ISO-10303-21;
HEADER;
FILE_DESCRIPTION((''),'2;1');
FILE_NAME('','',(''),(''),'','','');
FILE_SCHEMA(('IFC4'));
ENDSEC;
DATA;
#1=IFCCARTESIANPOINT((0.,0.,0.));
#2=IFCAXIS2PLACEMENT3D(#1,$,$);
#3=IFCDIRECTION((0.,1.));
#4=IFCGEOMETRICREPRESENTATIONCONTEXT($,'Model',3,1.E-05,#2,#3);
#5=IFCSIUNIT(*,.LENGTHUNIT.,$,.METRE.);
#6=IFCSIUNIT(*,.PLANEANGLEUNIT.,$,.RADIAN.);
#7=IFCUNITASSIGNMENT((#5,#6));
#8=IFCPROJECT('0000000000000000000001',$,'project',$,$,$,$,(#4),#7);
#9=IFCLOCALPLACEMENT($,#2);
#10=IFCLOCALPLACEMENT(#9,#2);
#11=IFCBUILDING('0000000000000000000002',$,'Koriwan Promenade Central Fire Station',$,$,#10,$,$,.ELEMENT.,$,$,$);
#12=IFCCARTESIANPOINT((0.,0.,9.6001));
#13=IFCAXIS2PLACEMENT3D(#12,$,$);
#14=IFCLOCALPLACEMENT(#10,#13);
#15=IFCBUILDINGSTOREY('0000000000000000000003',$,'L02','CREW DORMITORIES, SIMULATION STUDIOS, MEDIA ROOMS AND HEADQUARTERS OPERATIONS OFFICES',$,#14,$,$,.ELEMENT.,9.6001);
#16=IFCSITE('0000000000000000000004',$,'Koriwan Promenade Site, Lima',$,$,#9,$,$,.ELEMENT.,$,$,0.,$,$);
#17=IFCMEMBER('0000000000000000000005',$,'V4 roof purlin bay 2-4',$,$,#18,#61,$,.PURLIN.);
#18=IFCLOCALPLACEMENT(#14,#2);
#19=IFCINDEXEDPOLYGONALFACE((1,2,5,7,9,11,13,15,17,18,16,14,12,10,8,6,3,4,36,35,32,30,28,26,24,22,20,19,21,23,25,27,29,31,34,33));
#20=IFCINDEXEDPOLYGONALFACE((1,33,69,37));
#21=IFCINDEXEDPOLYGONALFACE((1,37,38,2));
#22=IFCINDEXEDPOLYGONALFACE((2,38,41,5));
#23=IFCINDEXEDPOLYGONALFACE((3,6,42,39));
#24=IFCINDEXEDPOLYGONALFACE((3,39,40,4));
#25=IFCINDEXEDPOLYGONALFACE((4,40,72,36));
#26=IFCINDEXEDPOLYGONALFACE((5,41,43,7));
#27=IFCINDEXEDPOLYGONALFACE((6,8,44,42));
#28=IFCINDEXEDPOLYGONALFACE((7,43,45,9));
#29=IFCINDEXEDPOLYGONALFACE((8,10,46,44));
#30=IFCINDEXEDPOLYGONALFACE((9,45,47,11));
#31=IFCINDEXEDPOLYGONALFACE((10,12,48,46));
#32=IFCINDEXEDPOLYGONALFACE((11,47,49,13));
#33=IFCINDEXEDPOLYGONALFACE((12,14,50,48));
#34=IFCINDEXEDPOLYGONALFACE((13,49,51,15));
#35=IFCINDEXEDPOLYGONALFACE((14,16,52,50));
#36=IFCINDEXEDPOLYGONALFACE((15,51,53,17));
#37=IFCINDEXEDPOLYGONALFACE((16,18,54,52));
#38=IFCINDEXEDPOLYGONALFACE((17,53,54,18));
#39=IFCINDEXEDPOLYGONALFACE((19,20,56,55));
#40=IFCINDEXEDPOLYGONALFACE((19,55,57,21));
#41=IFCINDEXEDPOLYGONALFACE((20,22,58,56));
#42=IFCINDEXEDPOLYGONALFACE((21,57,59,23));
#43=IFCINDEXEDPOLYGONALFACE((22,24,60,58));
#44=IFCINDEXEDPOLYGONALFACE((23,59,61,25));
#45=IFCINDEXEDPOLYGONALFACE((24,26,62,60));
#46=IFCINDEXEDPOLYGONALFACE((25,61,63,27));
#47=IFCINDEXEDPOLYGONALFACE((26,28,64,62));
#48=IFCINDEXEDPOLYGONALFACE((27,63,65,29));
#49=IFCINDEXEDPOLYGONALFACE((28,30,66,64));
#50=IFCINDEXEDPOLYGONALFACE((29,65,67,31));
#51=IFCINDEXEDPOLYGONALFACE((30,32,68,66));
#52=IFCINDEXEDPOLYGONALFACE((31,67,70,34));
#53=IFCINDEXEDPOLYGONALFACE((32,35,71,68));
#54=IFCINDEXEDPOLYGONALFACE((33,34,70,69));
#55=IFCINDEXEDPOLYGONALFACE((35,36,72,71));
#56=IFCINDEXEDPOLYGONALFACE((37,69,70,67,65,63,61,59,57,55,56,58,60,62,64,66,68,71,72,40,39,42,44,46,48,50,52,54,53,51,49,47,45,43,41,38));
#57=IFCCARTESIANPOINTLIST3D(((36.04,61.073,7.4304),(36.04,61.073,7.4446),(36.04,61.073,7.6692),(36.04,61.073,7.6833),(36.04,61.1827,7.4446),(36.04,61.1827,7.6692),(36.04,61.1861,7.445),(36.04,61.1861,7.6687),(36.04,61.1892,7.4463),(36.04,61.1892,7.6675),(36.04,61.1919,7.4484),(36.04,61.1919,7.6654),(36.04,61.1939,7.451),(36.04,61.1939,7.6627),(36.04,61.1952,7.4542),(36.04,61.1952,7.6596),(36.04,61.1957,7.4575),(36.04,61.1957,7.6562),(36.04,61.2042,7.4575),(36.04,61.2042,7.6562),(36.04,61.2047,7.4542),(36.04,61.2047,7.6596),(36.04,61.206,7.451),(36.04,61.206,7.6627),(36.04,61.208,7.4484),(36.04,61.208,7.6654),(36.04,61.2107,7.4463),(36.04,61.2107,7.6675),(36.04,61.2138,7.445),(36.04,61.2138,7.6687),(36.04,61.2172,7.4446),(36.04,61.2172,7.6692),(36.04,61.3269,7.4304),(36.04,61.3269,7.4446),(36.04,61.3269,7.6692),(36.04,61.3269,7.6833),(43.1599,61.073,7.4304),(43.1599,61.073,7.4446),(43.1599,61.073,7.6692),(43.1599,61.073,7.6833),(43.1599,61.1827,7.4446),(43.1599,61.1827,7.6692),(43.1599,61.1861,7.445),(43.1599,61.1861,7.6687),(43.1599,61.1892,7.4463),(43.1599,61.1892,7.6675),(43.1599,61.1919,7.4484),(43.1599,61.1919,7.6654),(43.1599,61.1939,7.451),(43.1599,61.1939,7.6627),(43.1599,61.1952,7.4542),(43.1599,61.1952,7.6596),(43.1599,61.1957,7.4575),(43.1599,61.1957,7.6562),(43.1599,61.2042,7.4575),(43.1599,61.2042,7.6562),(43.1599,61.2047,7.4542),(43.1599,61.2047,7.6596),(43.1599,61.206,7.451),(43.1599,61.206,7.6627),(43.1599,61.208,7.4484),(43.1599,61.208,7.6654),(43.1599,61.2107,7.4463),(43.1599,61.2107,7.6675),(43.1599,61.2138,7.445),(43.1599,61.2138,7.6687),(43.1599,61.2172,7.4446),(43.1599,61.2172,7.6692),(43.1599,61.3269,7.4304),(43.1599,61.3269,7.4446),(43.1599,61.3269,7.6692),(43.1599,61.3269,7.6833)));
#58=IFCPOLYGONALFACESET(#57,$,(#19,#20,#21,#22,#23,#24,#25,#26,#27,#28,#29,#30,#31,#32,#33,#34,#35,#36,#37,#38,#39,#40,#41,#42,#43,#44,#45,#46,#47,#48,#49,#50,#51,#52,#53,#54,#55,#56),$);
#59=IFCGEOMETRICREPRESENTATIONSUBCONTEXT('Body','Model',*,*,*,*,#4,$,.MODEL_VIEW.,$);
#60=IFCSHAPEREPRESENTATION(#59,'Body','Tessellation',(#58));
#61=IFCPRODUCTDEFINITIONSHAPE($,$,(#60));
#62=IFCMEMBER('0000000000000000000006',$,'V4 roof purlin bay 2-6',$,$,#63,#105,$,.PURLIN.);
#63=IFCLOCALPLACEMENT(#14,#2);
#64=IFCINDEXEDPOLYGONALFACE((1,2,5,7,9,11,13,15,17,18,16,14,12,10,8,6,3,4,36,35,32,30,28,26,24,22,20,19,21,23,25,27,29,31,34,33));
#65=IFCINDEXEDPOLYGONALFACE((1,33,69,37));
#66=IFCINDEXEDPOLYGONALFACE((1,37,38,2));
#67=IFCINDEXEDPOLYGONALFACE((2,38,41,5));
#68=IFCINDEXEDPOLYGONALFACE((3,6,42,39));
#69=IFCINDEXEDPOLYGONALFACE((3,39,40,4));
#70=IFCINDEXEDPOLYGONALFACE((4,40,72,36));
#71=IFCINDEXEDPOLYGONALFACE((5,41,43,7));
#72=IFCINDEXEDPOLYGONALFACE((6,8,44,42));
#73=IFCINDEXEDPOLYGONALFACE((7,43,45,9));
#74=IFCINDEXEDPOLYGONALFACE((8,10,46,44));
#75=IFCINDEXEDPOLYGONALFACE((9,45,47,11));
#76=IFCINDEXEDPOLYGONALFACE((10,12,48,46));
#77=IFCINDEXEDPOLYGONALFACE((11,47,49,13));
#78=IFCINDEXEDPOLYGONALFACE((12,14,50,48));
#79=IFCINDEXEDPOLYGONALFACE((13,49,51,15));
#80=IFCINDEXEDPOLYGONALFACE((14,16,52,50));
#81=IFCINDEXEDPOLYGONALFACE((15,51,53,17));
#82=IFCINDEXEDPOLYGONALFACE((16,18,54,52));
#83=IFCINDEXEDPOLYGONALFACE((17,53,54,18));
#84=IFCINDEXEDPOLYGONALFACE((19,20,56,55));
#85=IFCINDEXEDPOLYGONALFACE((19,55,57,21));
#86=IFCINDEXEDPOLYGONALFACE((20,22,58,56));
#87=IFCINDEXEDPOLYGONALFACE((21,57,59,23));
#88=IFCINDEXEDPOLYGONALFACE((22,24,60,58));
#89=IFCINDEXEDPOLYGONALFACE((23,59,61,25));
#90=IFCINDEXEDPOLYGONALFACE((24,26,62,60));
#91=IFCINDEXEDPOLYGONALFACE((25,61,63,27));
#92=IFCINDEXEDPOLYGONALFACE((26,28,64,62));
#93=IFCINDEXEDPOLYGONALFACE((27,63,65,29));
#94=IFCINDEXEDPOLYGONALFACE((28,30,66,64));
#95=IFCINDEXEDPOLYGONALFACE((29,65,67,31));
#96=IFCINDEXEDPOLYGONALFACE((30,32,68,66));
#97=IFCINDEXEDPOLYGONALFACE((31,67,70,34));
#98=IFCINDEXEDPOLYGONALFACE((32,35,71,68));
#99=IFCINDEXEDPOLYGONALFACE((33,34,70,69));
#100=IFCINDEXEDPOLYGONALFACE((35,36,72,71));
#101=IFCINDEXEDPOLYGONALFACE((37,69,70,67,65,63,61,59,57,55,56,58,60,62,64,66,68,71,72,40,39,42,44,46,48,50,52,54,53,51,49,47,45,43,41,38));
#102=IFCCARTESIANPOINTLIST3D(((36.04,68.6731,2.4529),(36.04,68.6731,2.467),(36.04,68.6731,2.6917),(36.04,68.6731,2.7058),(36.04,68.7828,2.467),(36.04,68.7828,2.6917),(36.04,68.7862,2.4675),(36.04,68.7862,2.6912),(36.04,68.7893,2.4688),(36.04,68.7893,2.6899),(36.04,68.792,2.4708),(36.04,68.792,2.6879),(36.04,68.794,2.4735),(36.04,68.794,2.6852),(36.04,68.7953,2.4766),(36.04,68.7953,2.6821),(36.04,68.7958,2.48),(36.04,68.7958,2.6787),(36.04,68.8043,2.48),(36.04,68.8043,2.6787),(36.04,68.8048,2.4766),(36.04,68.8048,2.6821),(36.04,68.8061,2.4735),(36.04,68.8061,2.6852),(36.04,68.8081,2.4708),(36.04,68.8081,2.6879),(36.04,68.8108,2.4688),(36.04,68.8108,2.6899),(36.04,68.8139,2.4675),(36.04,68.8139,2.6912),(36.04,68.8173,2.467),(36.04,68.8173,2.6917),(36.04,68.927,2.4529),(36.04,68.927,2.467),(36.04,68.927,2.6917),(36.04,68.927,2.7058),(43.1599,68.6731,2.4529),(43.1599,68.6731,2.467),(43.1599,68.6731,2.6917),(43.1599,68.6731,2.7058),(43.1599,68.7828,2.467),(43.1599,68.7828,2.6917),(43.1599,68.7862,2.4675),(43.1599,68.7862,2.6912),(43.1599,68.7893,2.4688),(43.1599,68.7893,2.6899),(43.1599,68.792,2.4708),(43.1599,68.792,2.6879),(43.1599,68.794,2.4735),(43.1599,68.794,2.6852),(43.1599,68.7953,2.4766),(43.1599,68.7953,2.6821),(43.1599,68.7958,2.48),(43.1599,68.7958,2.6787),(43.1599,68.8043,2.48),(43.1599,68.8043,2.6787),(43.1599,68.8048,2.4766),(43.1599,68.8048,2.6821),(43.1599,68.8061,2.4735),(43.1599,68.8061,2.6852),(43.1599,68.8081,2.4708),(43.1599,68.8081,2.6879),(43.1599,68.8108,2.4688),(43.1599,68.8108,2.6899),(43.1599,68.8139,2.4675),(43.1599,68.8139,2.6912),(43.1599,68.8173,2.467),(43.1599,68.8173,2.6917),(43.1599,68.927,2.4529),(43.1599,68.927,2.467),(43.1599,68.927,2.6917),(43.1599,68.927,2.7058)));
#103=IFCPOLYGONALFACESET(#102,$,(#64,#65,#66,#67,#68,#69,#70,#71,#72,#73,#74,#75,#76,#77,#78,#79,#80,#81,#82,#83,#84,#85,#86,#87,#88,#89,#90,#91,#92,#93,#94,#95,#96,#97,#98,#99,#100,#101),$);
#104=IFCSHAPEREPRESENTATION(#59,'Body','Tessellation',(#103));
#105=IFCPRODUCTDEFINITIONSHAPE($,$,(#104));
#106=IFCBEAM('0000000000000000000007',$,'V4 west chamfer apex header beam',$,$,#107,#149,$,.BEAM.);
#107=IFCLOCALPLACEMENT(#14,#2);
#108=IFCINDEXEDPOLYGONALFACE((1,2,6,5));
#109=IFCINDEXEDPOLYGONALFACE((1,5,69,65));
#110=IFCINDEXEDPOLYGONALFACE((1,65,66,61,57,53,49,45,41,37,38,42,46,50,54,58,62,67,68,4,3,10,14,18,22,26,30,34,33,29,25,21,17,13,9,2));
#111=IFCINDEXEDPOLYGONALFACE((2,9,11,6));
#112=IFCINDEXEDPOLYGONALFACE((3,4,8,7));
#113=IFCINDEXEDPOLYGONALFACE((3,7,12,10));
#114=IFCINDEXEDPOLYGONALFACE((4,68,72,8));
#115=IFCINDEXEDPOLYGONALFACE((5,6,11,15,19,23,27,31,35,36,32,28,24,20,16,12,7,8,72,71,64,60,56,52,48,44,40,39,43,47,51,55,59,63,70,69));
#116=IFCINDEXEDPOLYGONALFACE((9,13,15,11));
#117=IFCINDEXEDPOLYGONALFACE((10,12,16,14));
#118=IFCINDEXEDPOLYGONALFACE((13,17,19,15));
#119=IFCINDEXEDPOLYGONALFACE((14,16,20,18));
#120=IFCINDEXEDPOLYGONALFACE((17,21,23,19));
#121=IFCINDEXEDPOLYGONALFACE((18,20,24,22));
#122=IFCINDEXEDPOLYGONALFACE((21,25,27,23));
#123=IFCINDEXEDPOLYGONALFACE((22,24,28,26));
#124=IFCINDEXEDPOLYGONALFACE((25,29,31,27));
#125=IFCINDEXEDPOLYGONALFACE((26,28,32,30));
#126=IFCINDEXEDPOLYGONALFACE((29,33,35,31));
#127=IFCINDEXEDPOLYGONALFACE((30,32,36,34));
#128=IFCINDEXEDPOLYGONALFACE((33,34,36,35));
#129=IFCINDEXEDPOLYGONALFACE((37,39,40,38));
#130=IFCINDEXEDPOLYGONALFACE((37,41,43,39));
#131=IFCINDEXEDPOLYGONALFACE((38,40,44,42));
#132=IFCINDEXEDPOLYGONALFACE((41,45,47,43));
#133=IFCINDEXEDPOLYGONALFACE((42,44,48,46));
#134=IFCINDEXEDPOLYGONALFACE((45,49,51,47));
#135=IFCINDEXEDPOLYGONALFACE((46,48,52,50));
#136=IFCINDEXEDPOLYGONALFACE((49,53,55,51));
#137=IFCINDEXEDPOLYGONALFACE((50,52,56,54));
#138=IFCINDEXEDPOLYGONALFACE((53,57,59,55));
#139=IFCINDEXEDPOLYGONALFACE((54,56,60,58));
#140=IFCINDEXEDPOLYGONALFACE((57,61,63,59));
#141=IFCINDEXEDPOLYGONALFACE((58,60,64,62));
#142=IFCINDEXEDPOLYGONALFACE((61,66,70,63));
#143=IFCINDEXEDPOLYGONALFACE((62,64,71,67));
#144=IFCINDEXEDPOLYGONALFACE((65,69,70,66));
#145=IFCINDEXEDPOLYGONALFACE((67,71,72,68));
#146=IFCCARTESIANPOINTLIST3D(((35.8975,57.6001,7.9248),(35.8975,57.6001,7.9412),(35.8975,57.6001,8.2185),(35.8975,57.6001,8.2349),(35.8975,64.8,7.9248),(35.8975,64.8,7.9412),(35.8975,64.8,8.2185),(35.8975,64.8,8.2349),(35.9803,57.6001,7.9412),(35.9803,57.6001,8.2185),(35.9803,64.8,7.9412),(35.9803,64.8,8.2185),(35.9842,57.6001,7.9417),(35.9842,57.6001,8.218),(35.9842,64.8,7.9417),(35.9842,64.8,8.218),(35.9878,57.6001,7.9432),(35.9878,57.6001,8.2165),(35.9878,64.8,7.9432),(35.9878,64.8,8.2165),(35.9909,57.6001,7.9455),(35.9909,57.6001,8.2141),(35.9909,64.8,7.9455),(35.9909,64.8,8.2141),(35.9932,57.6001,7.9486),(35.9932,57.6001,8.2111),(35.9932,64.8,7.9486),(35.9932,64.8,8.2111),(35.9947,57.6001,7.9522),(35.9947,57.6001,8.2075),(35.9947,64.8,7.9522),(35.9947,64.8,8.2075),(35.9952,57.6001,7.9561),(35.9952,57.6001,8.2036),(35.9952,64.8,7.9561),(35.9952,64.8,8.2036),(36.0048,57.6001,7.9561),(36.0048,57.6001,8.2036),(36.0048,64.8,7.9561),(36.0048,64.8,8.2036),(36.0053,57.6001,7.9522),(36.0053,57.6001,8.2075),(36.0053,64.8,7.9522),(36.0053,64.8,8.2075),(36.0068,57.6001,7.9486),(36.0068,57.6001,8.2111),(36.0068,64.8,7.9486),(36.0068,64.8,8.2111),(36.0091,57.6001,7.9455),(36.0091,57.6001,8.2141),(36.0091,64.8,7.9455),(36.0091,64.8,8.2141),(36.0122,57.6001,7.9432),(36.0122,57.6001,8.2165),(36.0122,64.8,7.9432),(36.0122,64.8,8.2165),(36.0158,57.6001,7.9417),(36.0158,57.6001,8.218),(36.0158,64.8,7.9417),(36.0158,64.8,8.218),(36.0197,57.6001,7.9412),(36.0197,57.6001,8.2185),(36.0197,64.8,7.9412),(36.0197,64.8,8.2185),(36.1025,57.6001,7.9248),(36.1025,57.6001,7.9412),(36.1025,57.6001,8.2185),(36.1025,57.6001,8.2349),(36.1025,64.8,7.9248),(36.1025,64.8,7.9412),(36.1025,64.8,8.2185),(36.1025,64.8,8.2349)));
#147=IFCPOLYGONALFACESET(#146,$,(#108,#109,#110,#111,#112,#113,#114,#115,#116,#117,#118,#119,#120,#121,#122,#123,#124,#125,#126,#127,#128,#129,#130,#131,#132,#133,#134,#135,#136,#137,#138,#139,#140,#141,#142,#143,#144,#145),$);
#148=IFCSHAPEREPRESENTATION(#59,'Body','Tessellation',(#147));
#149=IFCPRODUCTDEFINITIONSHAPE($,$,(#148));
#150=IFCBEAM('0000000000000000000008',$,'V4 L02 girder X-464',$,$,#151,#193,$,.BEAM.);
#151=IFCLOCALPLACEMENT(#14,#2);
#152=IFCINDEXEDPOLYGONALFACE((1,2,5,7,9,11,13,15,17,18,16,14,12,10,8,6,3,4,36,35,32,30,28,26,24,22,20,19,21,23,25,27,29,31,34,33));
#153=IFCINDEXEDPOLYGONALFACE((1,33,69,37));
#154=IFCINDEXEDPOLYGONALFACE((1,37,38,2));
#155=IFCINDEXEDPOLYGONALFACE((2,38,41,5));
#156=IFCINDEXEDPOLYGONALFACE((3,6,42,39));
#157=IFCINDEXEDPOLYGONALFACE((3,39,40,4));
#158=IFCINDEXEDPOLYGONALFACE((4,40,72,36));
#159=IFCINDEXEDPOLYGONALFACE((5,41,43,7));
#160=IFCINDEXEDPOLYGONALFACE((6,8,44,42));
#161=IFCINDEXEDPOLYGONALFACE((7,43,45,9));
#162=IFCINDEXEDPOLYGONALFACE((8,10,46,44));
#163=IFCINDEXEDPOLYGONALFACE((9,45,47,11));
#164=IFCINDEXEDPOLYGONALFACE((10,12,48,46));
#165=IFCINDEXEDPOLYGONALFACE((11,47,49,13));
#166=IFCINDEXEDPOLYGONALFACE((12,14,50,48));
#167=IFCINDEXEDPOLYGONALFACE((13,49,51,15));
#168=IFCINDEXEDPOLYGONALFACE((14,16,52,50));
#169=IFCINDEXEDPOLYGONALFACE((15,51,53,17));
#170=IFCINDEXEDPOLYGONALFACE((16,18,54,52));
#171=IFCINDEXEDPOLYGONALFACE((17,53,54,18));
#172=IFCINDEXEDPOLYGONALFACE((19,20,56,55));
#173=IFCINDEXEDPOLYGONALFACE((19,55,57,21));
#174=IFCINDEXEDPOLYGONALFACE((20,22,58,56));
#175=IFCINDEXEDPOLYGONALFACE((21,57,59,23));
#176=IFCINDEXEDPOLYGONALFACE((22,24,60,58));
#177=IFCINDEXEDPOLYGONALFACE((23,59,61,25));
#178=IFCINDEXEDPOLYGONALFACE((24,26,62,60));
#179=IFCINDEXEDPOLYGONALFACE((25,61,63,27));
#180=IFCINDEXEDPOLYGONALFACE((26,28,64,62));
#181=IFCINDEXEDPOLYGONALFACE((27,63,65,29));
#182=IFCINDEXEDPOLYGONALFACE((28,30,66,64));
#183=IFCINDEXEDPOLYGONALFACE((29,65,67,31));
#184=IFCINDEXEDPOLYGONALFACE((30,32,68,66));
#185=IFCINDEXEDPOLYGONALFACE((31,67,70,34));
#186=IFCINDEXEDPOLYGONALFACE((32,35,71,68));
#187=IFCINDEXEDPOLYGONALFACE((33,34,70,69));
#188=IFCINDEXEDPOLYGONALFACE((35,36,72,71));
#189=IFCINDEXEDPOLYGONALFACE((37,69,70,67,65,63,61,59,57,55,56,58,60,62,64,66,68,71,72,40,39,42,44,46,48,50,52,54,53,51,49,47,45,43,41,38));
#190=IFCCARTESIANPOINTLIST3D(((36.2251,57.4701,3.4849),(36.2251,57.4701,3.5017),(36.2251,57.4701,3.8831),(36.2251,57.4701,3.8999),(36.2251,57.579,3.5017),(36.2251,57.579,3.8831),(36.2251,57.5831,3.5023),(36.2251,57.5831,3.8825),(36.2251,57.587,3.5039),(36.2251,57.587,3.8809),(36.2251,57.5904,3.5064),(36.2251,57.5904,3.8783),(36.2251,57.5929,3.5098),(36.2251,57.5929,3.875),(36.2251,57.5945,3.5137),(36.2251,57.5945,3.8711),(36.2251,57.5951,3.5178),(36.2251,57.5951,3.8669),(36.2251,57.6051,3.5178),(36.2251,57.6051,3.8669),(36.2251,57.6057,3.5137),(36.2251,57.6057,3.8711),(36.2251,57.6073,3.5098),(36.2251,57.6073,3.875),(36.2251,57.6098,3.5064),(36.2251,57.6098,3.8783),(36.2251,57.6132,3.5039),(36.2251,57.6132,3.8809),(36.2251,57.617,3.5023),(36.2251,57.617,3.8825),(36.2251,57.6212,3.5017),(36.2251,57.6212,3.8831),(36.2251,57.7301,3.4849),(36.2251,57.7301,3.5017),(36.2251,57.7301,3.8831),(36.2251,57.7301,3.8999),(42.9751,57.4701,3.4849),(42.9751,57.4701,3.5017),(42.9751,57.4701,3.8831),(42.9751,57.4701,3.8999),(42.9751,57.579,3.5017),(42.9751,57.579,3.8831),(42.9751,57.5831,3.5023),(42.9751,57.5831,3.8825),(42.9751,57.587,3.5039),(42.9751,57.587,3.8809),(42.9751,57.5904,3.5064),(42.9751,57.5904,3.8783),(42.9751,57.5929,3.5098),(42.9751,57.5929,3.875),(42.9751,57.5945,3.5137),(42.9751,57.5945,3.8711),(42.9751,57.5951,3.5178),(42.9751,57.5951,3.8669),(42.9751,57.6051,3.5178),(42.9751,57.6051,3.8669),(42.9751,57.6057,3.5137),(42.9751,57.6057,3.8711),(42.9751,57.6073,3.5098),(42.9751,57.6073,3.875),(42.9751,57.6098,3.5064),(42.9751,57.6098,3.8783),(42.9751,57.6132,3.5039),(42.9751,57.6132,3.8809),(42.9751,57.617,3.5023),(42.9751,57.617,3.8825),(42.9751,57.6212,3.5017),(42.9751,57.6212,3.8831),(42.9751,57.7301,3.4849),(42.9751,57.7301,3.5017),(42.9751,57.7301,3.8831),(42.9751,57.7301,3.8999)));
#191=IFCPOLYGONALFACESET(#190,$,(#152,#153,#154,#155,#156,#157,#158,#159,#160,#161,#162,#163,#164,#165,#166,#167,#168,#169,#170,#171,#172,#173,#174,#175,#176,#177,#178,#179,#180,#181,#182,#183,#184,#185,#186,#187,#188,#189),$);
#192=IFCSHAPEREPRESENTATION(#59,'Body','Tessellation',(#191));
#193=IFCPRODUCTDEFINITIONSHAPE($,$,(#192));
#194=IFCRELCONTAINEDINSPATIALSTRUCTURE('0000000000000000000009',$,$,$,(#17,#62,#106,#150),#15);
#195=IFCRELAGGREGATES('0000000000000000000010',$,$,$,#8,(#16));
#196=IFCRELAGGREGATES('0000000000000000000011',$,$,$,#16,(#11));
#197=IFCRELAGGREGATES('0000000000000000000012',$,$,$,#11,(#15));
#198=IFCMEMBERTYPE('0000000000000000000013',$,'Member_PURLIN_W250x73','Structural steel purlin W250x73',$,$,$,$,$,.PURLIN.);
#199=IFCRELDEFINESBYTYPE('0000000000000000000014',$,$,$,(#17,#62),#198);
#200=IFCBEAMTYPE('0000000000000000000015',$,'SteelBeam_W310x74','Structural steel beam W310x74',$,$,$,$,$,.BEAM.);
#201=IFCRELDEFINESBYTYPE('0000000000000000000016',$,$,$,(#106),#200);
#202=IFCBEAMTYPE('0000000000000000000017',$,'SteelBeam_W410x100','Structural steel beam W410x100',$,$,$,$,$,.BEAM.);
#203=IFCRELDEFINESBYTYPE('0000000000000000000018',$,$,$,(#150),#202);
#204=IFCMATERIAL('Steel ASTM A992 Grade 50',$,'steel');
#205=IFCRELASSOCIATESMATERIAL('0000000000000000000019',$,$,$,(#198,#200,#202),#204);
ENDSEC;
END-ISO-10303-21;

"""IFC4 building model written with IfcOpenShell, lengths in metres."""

from ifc_helpers import new_model, si_unit, direction, frame, origin, origin_2d, place, context, subcontext, project, spatial, i_section, extrude, material, material_profile, profile_set, type_object, element, save


model = new_model("IFC4")

# Units and contexts
model_context = context("Model", 3, precision=1e-05, world=origin(), true_north=direction((0.0, 1.0)))
body_context = subcontext(model_context, "Body", "Model", "MODEL_VIEW")
ifc_project = project(units=[si_unit("LENGTHUNIT", "METRE"), si_unit("PLANEANGLEUNIT", "RADIAN")], contexts=[model_context])

# Site, building, storey
site_placement = place(None, origin())
site = spatial("IfcSite", under=ifc_project, at=site_placement, Name="Koriwan Promenade Site, Lima", CompositionType="ELEMENT", RefElevation=0.0)
building_placement = place(site_placement, origin())
building = spatial("IfcBuilding", under=site, at=building_placement, Name="Koriwan Promenade Central Fire Station", CompositionType="ELEMENT")
storey_placement = place(building_placement, frame((0.0, 0.0, 9.6001)))
storey = spatial("IfcBuildingStorey", under=building, at=storey_placement, Name="L02", Description="CREW DORMITORIES, SIMULATION STUDIOS, MEDIA ROOMS AND HEADQUARTERS OPERATIONS OFFICES", CompositionType="ELEMENT", Elevation=9.6001)

# Members
ifc_material_1 = material(Name="Steel ASTM A992 Grade 50", Category="steel")
ifc_material_profile_1 = material_profile(ifc_material_1, i_section(OverallWidth=0.2539, OverallDepth=0.2529, WebThickness=0.0085, FlangeThickness=0.0142, FilletRadius=0.0129, at=origin_2d()), Name="W250x73")
ifc_profile_set_1 = profile_set([ifc_material_profile_1], Name="Steel ASTM A992 Grade 50")
member_type_1 = type_object("IfcMemberType", Name="Member_PURLIN_W250x73", Description="Structural steel purlin W250x73", PredefinedType="PURLIN", material=ifc_profile_set_1)
for number, where, z_axis, x_axis, name in (
    (1, (36.04, 61.2, 7.5569), (1.0, 0.0, 0.0), (0.0, 1.0, 0.0), "V4 roof purlin bay 2-4"),
    (2, (36.04, 68.8, 2.5793), (1.0, 0.0, 0.0), (0.0, 1.0, 0.0), "V4 roof purlin bay 2-6"),
):
    element("IfcMember", number, at=place(storey_placement, frame(where, z_axis=z_axis, x_axis=x_axis)), inside=storey, type_object=member_type_1, Name=name, PredefinedType="PURLIN", context=body_context, shape_type="SweptSolid", body=[
        extrude(i_section(OverallWidth=0.2539, OverallDepth=0.2529, WebThickness=0.0085, FlangeThickness=0.0142, FilletRadius=0.0129, at=origin_2d()), origin(), (0.0, 0.0, 1.0), 7.1199),
    ])

# Beams
ifc_material_profile_2 = material_profile(ifc_material_1, i_section(OverallWidth=0.2051, OverallDepth=0.3101, WebThickness=0.0095, FlangeThickness=0.0164, FilletRadius=0.0149, at=origin_2d()), Name="W310x74")
ifc_profile_set_2 = profile_set([ifc_material_profile_2], Name="Steel ASTM A992 Grade 50")
beam_type_1 = type_object("IfcBeamType", Name="SteelBeam_W310x74", Description="Structural steel beam W310x74", PredefinedType="BEAM", material=ifc_profile_set_2)
beam_1_placement = place(storey_placement, frame((36.0, 57.6001, 8.0798), z_axis=(0.0, 1.0, 0.0), x_axis=(-1.0, 0.0, 0.0)))
element("IfcBeam", 3, at=beam_1_placement, inside=storey, type_object=beam_type_1, Name="V4 west chamfer apex header beam", PredefinedType="BEAM", context=body_context, shape_type="SweptSolid", body=[
    extrude(i_section(OverallWidth=0.2051, OverallDepth=0.3101, WebThickness=0.0095, FlangeThickness=0.0164, FilletRadius=0.0149, at=origin_2d()), origin(), (0.0, 0.0, 1.0), 7.2),
])
ifc_material_profile_3 = material_profile(ifc_material_1, i_section(OverallWidth=0.26, OverallDepth=0.415, WebThickness=0.01, FlangeThickness=0.0168, FilletRadius=0.0161, at=origin_2d()), Name="W410x100")
ifc_profile_set_3 = profile_set([ifc_material_profile_3], Name="Steel ASTM A992 Grade 50")
beam_type_2 = type_object("IfcBeamType", Name="SteelBeam_W410x100", Description="Structural steel beam W410x100", PredefinedType="BEAM", material=ifc_profile_set_3)
for number, where, z_axis, x_axis, name in (
    (4, (36.2251, 57.6001, 3.6924), (1.0, 0.0, 0.0), (0.0, 1.0, 0.0), "V4 L02 girder X-464"),
):
    element("IfcBeam", number, at=place(storey_placement, frame(where, z_axis=z_axis, x_axis=x_axis)), inside=storey, type_object=beam_type_2, Name=name, PredefinedType="BEAM", context=body_context, shape_type="SweptSolid", body=[
        extrude(i_section(OverallWidth=0.26, OverallDepth=0.415, WebThickness=0.01, FlangeThickness=0.0168, FilletRadius=0.0161, at=origin_2d()), origin(), (0.0, 0.0, 1.0), 6.75),
    ])

save(model, "model.ifc")
